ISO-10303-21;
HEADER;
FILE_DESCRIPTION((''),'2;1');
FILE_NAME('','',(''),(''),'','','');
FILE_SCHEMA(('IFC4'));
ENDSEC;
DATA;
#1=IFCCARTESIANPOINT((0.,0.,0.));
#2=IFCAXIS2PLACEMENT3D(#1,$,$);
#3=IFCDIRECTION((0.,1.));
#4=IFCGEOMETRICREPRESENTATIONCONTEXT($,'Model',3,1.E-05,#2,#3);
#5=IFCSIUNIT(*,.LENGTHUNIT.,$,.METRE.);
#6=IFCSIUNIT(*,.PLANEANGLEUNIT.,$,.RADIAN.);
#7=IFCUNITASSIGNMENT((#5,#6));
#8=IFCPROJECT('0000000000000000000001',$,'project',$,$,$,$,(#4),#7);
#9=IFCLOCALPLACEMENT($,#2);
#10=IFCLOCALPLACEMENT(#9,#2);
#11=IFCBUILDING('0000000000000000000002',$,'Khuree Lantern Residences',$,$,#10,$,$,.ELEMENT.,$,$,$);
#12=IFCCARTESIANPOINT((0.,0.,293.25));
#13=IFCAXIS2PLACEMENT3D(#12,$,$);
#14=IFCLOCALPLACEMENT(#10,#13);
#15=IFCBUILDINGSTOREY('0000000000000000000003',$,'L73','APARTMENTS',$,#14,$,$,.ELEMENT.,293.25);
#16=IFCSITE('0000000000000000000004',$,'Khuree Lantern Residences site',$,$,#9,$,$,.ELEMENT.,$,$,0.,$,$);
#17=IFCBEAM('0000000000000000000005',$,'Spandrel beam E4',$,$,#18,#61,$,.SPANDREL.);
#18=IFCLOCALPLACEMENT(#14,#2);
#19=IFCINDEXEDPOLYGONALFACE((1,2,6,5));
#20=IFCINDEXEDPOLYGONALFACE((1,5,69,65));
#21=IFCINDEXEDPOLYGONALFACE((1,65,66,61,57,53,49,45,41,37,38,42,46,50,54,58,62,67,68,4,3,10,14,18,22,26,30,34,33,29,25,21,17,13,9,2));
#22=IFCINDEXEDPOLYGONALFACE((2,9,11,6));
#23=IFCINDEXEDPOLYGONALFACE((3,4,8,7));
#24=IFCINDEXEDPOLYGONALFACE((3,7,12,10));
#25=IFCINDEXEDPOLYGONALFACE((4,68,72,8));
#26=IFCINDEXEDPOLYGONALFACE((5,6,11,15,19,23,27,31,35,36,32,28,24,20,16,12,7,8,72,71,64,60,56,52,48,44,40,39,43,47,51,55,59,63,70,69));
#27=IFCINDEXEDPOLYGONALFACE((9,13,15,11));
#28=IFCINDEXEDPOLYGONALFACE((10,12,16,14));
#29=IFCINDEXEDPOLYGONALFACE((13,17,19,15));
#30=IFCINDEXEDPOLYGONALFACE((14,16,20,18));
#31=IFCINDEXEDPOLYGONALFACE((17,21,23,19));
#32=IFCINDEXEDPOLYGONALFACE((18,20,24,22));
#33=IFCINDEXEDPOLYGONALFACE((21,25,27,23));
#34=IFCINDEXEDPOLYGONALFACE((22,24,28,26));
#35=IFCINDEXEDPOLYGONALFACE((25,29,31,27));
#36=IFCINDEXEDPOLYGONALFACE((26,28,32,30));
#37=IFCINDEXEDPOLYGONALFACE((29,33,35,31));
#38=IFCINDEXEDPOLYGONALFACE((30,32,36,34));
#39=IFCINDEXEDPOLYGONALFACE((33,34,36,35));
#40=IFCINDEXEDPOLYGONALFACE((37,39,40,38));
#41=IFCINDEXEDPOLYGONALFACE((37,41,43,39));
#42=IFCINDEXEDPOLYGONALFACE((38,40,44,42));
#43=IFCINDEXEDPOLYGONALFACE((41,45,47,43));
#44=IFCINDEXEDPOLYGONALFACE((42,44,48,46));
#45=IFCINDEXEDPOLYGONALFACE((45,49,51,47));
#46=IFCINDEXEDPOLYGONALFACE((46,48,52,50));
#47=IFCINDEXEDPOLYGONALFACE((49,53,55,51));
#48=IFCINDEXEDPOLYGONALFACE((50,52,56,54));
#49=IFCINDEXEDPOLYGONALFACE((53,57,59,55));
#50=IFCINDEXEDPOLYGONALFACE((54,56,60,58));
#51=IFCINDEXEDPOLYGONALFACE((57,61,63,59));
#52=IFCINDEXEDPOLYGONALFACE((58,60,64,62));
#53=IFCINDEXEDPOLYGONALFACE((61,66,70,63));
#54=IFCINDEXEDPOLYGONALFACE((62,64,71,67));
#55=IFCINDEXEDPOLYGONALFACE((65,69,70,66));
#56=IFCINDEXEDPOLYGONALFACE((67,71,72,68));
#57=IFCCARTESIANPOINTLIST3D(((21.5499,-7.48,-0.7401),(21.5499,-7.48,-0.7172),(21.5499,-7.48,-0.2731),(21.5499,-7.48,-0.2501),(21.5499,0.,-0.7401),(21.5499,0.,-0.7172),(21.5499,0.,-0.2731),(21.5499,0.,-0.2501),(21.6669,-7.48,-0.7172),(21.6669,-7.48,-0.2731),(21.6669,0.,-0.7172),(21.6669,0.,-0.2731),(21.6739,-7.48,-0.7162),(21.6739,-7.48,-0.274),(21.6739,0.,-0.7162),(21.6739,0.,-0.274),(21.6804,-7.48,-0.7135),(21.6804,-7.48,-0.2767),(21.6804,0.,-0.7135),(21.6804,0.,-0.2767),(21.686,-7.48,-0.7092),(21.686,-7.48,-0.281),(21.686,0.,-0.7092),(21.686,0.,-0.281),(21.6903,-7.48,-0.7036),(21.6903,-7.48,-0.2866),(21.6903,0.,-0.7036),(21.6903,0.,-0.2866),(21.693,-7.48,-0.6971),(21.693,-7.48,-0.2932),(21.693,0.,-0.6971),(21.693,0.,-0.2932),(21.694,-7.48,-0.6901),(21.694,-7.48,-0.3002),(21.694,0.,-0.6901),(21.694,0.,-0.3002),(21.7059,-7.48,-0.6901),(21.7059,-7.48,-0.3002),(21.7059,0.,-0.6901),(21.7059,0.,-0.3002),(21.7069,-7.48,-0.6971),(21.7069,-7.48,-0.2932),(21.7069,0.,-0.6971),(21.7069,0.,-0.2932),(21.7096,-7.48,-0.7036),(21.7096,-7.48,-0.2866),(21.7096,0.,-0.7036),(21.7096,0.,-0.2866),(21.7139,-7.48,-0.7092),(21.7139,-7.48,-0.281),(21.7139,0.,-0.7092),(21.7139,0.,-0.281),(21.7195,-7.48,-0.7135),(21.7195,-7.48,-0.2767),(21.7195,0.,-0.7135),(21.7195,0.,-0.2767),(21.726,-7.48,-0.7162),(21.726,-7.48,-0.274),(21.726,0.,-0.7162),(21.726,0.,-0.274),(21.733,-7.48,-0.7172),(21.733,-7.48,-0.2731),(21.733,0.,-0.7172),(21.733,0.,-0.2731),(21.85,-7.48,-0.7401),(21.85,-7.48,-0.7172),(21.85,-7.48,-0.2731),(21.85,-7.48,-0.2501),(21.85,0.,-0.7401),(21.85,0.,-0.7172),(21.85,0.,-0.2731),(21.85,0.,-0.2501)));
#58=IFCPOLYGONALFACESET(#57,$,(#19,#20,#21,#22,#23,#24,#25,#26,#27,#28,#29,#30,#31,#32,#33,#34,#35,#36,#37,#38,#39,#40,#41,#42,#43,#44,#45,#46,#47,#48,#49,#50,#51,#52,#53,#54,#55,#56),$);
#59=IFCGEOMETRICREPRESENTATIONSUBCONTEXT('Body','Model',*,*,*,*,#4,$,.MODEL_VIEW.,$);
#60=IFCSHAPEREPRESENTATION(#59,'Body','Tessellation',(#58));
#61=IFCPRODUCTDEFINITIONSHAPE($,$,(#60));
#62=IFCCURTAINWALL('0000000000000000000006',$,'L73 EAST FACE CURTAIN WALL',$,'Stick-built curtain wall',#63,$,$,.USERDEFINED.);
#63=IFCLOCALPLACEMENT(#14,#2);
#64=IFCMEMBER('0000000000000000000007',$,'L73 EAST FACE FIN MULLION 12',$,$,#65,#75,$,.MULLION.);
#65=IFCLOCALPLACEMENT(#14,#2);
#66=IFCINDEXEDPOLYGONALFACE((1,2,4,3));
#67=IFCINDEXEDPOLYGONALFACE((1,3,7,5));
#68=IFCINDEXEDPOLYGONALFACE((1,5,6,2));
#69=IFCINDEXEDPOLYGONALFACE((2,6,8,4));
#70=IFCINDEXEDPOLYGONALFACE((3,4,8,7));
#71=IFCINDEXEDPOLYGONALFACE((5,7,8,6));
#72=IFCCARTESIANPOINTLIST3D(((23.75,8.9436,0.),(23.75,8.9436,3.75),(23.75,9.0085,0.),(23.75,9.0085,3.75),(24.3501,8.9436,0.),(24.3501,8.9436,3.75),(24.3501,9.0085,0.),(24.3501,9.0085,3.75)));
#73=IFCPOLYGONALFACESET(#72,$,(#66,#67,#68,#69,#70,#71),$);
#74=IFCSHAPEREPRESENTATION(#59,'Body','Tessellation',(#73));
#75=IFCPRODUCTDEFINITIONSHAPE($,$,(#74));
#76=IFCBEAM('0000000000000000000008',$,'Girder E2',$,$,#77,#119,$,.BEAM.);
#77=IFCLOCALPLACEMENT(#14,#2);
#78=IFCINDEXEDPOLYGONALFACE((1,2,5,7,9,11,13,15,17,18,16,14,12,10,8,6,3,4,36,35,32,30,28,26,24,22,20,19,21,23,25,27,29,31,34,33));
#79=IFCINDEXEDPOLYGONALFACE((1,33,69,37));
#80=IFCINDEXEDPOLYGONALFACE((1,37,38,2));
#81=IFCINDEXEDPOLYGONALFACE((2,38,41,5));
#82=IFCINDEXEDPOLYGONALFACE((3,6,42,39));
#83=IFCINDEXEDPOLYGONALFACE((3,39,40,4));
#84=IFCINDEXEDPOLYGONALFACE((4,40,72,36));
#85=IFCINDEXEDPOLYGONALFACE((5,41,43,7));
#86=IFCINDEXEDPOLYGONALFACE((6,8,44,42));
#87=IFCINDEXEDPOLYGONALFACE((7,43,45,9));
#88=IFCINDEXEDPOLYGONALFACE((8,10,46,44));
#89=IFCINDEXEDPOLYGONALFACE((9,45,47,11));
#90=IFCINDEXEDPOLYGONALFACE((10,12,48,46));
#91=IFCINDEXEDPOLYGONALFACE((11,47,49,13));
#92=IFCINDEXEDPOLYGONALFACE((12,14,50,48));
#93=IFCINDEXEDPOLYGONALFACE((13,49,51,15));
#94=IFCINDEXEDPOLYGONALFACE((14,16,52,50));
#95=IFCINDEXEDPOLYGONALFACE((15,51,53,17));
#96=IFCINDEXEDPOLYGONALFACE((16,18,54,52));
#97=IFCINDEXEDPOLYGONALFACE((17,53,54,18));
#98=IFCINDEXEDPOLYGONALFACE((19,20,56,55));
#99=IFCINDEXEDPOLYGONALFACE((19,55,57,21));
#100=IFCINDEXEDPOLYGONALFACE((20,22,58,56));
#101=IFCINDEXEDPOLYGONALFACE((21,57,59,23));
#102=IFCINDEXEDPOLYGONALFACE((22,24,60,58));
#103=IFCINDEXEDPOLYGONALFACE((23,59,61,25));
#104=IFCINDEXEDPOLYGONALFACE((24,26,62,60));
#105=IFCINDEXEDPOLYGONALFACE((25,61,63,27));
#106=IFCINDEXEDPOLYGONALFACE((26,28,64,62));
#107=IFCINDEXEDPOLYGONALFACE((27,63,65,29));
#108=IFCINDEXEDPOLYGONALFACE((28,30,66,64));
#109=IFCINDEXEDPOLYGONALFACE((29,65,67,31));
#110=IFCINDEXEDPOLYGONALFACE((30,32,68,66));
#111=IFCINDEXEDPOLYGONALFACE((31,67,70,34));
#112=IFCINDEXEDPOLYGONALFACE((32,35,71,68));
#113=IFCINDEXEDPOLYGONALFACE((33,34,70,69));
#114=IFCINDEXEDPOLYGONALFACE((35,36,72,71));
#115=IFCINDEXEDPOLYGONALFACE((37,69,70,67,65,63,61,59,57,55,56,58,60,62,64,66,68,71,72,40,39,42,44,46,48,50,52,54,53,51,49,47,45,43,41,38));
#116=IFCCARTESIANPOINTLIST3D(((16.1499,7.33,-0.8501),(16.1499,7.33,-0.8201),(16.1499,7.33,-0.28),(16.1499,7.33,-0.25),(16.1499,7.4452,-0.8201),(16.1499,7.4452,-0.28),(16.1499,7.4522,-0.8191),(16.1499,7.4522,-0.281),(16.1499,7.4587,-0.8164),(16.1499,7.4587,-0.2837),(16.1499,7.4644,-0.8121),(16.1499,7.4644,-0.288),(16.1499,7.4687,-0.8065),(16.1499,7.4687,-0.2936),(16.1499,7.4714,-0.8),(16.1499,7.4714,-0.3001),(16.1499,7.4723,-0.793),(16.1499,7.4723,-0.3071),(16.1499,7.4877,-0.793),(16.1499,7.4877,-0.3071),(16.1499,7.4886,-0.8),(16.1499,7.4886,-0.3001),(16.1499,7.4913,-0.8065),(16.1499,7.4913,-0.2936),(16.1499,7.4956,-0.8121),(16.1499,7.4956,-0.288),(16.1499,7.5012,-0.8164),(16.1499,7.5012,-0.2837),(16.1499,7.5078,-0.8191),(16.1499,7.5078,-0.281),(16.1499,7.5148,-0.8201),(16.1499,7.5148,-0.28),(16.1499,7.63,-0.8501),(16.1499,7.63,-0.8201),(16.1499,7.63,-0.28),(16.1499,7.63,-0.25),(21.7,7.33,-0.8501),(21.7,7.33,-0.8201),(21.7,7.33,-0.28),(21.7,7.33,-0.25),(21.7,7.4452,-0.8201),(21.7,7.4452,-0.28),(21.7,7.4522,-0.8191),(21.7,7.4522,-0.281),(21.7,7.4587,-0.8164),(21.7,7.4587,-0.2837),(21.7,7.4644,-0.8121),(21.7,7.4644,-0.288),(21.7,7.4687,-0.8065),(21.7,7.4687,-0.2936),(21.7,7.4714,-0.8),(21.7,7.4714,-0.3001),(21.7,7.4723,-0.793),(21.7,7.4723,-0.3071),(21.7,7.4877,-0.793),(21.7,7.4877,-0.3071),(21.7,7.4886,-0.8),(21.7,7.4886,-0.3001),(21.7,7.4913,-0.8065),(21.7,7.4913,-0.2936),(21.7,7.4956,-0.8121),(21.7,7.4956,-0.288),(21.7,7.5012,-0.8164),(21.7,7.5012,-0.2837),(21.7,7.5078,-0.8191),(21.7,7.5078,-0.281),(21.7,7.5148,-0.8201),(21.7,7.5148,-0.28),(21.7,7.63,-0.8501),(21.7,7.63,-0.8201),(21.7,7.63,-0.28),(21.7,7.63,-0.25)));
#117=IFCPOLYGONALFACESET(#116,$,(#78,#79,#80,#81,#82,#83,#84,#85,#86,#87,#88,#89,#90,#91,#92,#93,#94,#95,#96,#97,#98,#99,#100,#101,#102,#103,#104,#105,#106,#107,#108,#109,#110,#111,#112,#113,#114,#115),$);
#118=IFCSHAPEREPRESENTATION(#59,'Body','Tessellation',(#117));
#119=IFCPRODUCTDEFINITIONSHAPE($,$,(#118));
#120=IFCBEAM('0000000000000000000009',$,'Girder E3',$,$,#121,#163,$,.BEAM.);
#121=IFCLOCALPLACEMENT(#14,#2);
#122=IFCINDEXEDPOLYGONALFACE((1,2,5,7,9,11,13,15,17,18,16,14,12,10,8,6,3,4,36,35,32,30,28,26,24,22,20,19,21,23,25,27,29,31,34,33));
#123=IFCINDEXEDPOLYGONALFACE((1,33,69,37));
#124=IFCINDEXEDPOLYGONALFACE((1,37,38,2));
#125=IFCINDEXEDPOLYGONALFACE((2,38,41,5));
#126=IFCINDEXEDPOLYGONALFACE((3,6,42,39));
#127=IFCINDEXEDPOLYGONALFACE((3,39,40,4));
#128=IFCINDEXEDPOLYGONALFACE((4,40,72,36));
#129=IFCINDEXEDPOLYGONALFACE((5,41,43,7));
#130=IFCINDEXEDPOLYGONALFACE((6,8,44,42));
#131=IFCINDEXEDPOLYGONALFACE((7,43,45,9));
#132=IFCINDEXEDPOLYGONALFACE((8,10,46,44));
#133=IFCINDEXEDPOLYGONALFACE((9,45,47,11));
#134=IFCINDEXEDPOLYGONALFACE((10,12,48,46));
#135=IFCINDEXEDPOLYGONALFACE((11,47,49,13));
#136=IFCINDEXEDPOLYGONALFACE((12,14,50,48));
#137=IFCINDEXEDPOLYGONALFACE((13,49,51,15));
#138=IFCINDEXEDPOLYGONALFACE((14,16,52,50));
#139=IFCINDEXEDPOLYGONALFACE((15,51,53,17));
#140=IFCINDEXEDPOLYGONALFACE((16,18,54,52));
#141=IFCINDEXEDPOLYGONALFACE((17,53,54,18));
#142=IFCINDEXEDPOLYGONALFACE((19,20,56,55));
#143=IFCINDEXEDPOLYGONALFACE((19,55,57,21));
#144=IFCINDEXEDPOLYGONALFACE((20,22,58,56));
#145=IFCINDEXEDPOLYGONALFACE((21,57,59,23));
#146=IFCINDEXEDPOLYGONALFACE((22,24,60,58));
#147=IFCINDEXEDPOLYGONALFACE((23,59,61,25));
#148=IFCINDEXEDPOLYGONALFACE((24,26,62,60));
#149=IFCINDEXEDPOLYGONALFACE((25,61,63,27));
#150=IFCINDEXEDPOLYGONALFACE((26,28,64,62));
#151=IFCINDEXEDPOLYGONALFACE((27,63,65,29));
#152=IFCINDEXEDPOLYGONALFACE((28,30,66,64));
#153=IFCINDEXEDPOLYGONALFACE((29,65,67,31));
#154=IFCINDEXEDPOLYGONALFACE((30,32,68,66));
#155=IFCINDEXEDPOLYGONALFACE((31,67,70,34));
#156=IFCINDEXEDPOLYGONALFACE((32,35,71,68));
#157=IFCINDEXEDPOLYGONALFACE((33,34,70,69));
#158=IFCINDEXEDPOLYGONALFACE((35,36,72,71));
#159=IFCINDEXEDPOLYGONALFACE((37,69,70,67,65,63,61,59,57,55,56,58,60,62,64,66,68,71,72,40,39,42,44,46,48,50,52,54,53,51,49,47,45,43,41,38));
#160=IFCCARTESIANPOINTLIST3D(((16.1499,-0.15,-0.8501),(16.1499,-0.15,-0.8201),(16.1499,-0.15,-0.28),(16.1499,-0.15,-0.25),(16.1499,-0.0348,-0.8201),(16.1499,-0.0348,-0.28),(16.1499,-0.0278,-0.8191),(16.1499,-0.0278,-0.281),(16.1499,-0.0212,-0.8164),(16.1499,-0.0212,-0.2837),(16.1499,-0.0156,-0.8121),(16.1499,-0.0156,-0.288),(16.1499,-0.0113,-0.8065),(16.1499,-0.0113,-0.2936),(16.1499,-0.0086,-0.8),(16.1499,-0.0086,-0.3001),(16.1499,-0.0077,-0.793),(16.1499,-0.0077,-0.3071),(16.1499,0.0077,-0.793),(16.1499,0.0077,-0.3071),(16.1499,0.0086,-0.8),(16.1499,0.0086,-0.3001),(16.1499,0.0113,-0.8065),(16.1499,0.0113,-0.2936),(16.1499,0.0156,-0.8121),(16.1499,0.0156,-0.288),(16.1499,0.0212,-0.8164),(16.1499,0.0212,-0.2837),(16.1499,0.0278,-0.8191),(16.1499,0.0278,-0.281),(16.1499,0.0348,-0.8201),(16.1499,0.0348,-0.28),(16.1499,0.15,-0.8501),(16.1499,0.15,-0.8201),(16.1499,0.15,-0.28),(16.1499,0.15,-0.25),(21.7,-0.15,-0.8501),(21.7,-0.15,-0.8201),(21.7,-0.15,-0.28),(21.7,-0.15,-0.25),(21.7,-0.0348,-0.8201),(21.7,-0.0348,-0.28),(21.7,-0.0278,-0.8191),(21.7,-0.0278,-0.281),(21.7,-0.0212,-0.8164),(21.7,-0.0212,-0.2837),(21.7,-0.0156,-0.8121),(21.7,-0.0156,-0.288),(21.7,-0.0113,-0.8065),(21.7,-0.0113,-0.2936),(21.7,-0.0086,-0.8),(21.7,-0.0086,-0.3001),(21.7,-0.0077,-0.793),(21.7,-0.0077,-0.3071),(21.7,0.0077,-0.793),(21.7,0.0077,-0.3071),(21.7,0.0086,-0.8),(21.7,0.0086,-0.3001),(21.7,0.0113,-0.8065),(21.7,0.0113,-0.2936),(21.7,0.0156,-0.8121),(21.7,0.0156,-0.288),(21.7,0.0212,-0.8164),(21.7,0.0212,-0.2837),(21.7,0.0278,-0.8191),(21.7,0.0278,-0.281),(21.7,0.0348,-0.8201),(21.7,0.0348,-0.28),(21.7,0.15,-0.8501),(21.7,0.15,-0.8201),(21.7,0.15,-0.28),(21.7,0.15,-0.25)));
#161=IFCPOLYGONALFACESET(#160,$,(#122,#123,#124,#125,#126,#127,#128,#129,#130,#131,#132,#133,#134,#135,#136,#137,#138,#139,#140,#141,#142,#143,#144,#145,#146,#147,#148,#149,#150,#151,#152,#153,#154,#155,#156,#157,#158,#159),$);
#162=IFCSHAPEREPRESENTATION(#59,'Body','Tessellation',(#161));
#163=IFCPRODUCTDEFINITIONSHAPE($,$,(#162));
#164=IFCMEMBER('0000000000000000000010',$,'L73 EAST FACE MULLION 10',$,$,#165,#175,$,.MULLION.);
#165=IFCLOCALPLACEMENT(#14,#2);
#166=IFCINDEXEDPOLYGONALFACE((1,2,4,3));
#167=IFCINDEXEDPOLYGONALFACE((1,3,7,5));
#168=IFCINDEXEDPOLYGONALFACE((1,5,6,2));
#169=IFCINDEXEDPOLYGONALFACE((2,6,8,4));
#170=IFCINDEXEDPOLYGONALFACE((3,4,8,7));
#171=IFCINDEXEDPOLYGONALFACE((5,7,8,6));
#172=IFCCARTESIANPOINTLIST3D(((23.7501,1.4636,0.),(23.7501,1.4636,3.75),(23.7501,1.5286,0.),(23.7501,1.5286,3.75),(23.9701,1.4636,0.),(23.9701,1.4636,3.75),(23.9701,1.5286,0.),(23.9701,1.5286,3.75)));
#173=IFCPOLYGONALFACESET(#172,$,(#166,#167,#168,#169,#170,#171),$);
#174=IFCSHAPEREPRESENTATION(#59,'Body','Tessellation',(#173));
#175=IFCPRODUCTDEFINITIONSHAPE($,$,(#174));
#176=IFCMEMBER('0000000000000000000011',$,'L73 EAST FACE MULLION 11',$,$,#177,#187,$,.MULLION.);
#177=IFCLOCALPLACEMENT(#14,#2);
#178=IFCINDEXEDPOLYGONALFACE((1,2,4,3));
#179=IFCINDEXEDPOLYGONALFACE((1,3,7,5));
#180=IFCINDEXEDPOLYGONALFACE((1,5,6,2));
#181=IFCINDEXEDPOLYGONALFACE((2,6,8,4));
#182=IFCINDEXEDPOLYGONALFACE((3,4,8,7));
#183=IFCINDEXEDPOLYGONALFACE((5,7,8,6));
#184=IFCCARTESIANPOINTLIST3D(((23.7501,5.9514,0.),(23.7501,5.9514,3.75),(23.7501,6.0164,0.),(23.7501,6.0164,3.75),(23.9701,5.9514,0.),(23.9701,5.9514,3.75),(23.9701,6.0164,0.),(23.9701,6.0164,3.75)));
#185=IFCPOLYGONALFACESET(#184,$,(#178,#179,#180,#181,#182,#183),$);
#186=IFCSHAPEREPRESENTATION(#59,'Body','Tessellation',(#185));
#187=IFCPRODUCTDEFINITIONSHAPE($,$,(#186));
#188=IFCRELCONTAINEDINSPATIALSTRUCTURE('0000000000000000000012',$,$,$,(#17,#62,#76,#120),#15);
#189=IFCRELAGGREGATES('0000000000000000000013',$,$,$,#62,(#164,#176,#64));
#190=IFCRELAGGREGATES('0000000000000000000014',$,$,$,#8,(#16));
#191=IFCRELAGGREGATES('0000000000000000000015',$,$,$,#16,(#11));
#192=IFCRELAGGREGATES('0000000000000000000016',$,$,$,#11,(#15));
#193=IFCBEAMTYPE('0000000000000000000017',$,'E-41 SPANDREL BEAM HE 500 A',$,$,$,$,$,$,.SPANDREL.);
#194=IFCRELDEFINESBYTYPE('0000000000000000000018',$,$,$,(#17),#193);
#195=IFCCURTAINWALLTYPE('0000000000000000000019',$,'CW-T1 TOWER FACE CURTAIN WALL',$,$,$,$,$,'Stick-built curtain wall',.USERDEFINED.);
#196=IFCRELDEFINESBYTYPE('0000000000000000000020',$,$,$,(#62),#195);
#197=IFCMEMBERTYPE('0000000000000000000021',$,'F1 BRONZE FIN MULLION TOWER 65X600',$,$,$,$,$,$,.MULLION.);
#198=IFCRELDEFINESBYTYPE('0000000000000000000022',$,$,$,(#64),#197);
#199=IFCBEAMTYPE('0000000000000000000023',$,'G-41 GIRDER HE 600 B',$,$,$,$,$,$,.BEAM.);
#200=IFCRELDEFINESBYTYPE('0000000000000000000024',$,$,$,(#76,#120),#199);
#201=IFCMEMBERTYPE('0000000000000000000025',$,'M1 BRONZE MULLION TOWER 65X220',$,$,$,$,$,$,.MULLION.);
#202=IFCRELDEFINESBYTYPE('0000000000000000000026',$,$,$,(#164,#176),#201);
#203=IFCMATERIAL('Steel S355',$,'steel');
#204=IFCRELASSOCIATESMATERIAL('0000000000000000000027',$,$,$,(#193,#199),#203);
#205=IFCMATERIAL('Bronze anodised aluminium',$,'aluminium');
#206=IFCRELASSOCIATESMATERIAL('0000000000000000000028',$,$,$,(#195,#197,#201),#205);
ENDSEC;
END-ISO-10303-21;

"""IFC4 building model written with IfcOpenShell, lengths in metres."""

from ifc_helpers import new_model, si_unit, direction, frame, origin, origin_2d, place, context, subcontext, project, spatial, rectangle, i_section, extrude, material, material_profile, profile_set, type_object, element, aggregate, save


model = new_model("IFC4")

# Units and contexts
model_context = context("Model", 3, precision=1e-05, world=origin(), true_north=direction((0.0, 1.0)))
body_context = subcontext(model_context, "Body", "Model", "MODEL_VIEW")
ifc_project = project(units=[si_unit("LENGTHUNIT", "METRE"), si_unit("PLANEANGLEUNIT", "RADIAN")], contexts=[model_context])

# Site, building, storey
site_placement = place(None, origin())
site = spatial("IfcSite", under=ifc_project, at=site_placement, Name="Khuree Lantern Residences site", CompositionType="ELEMENT", RefElevation=0.0)
building_placement = place(site_placement, origin())
building = spatial("IfcBuilding", under=site, at=building_placement, Name="Khuree Lantern Residences", CompositionType="ELEMENT")
storey_placement = place(building_placement, frame((0.0, 0.0, 293.25)))
storey = spatial("IfcBuildingStorey", under=building, at=storey_placement, Name="L73", Description="APARTMENTS", CompositionType="ELEMENT", Elevation=293.25)

# Beam
ifc_material_1 = material(Name="Steel S355", Category="steel")
ifc_material_profile_1 = material_profile(ifc_material_1, i_section(OverallWidth=0.3, OverallDepth=0.49, WebThickness=0.012, FlangeThickness=0.0229, FilletRadius=0.0271, at=origin_2d()), Name="HE 500 A")
ifc_profile_set_1 = profile_set([ifc_material_profile_1], Name="Steel S355")
beam_type_1 = type_object("IfcBeamType", Name="E-41 SPANDREL BEAM HE 500 A", PredefinedType="SPANDREL", material=ifc_profile_set_1)
for number, where, z_axis, x_axis, name in (
    (1, (21.7, 0.0, -0.4951), (0.0, -1.0, 0.0), (1.0, 0.0, 0.0), "Spandrel beam E4"),
):
    element("IfcBeam", number, at=place(storey_placement, frame(where, z_axis=z_axis, x_axis=x_axis)), inside=storey, type_object=beam_type_1, Name=name, PredefinedType="SPANDREL", context=body_context, shape_type="SweptSolid", body=[
        extrude(i_section(OverallWidth=0.3, OverallDepth=0.49, WebThickness=0.012, FlangeThickness=0.0229, FilletRadius=0.0271, at=origin_2d()), origin(), (0.0, 0.0, 1.0), 7.48),
    ])

# Curtain wall, member
ifc_material_2 = material(Name="Bronze anodised aluminium", Category="aluminium")
curtain_wall_type = type_object("IfcCurtainWallType", Name="CW-T1 TOWER FACE CURTAIN WALL", ElementType="Stick-built curtain wall", PredefinedType="USERDEFINED", material=ifc_material_2)
curtain_wall_placement = place(storey_placement, origin())
curtain_wall = element("IfcCurtainWall", 2, at=curtain_wall_placement, inside=storey, type_object=curtain_wall_type, Name="L73 EAST FACE CURTAIN WALL", ObjectType="Stick-built curtain wall", PredefinedType="USERDEFINED")
ifc_material_profile_2 = material_profile(ifc_material_2, rectangle(XDim=0.0649, YDim=0.6001, at=origin_2d()), Name="F1 65X600")
ifc_profile_set_2 = profile_set([ifc_material_profile_2], Name="Bronze anodised aluminium")
member_type_1 = type_object("IfcMemberType", Name="F1 BRONZE FIN MULLION TOWER 65X600", PredefinedType="MULLION", material=ifc_profile_set_2)
member_1_placement = place(storey_placement, frame((24.05, 8.9761, 0.0), z_axis=(0.0, 0.0, 1.0), x_axis=(0.0, 1.0, 0.0)))
member_1 = element("IfcMember", 3, at=member_1_placement, type_object=member_type_1, Name="L73 EAST FACE FIN MULLION 12", PredefinedType="MULLION", context=body_context, shape_type="SweptSolid", body=[
    extrude(rectangle(XDim=0.0649, YDim=0.6001, at=origin_2d()), origin(), (0.0, 0.0, 1.0), 3.75),
])

# Beams
ifc_material_profile_3 = material_profile(ifc_material_1, i_section(OverallWidth=0.3, OverallDepth=0.6001, WebThickness=0.0154, FlangeThickness=0.03, FilletRadius=0.0271, at=origin_2d()), Name="HE 600 B")
ifc_profile_set_3 = profile_set([ifc_material_profile_3], Name="Steel S355")
beam_type_2 = type_object("IfcBeamType", Name="G-41 GIRDER HE 600 B", PredefinedType="BEAM", material=ifc_profile_set_3)
for number, where, z_axis, x_axis, name in (
    (4, (21.7, 7.48, -0.55), (-1.0, 0.0, 0.0), (0.0, -1.0, 0.0), "Girder E2"),
    (5, (21.7, 0.0, -0.55), (-1.0, 0.0, 0.0), (0.0, -1.0, 0.0), "Girder E3"),
):
    element("IfcBeam", number, at=place(storey_placement, frame(where, z_axis=z_axis, x_axis=x_axis)), inside=storey, type_object=beam_type_2, Name=name, PredefinedType="BEAM", context=body_context, shape_type="SweptSolid", body=[
        extrude(i_section(OverallWidth=0.3, OverallDepth=0.6001, WebThickness=0.0154, FlangeThickness=0.03, FilletRadius=0.0271, at=origin_2d()), origin(), (0.0, 0.0, 1.0), 5.55),
    ])

# Members
ifc_material_profile_4 = material_profile(ifc_material_2, rectangle(XDim=0.0649, YDim=0.22, at=origin_2d()), Name="M1 65X220")
ifc_profile_set_4 = profile_set([ifc_material_profile_4], Name="Bronze anodised aluminium")
member_type_2 = type_object("IfcMemberType", Name="M1 BRONZE MULLION TOWER 65X220", PredefinedType="MULLION", material=ifc_profile_set_4)
member_2_placement = place(storey_placement, frame((23.8601, 1.4961, 0.0), z_axis=(0.0, 0.0, 1.0), x_axis=(0.0, 1.0, 0.0)))
member_2 = element("IfcMember", 6, at=member_2_placement, type_object=member_type_2, Name="L73 EAST FACE MULLION 10", PredefinedType="MULLION", context=body_context, shape_type="SweptSolid", body=[
    extrude(rectangle(XDim=0.0649, YDim=0.22, at=origin_2d()), origin(), (0.0, 0.0, 1.0), 3.75),
])
member_3_placement = place(storey_placement, frame((23.8601, 5.9839, 0.0), z_axis=(0.0, 0.0, 1.0), x_axis=(0.0, 1.0, 0.0)))
member_3 = element("IfcMember", 7, at=member_3_placement, type_object=member_type_2, Name="L73 EAST FACE MULLION 11", PredefinedType="MULLION", context=body_context, shape_type="SweptSolid", body=[
    extrude(rectangle(XDim=0.0649, YDim=0.22, at=origin_2d()), origin(), (0.0, 0.0, 1.0), 3.75),
])

aggregate(curtain_wall, [member_2, member_3, member_1])

save(model, "model.ifc")
